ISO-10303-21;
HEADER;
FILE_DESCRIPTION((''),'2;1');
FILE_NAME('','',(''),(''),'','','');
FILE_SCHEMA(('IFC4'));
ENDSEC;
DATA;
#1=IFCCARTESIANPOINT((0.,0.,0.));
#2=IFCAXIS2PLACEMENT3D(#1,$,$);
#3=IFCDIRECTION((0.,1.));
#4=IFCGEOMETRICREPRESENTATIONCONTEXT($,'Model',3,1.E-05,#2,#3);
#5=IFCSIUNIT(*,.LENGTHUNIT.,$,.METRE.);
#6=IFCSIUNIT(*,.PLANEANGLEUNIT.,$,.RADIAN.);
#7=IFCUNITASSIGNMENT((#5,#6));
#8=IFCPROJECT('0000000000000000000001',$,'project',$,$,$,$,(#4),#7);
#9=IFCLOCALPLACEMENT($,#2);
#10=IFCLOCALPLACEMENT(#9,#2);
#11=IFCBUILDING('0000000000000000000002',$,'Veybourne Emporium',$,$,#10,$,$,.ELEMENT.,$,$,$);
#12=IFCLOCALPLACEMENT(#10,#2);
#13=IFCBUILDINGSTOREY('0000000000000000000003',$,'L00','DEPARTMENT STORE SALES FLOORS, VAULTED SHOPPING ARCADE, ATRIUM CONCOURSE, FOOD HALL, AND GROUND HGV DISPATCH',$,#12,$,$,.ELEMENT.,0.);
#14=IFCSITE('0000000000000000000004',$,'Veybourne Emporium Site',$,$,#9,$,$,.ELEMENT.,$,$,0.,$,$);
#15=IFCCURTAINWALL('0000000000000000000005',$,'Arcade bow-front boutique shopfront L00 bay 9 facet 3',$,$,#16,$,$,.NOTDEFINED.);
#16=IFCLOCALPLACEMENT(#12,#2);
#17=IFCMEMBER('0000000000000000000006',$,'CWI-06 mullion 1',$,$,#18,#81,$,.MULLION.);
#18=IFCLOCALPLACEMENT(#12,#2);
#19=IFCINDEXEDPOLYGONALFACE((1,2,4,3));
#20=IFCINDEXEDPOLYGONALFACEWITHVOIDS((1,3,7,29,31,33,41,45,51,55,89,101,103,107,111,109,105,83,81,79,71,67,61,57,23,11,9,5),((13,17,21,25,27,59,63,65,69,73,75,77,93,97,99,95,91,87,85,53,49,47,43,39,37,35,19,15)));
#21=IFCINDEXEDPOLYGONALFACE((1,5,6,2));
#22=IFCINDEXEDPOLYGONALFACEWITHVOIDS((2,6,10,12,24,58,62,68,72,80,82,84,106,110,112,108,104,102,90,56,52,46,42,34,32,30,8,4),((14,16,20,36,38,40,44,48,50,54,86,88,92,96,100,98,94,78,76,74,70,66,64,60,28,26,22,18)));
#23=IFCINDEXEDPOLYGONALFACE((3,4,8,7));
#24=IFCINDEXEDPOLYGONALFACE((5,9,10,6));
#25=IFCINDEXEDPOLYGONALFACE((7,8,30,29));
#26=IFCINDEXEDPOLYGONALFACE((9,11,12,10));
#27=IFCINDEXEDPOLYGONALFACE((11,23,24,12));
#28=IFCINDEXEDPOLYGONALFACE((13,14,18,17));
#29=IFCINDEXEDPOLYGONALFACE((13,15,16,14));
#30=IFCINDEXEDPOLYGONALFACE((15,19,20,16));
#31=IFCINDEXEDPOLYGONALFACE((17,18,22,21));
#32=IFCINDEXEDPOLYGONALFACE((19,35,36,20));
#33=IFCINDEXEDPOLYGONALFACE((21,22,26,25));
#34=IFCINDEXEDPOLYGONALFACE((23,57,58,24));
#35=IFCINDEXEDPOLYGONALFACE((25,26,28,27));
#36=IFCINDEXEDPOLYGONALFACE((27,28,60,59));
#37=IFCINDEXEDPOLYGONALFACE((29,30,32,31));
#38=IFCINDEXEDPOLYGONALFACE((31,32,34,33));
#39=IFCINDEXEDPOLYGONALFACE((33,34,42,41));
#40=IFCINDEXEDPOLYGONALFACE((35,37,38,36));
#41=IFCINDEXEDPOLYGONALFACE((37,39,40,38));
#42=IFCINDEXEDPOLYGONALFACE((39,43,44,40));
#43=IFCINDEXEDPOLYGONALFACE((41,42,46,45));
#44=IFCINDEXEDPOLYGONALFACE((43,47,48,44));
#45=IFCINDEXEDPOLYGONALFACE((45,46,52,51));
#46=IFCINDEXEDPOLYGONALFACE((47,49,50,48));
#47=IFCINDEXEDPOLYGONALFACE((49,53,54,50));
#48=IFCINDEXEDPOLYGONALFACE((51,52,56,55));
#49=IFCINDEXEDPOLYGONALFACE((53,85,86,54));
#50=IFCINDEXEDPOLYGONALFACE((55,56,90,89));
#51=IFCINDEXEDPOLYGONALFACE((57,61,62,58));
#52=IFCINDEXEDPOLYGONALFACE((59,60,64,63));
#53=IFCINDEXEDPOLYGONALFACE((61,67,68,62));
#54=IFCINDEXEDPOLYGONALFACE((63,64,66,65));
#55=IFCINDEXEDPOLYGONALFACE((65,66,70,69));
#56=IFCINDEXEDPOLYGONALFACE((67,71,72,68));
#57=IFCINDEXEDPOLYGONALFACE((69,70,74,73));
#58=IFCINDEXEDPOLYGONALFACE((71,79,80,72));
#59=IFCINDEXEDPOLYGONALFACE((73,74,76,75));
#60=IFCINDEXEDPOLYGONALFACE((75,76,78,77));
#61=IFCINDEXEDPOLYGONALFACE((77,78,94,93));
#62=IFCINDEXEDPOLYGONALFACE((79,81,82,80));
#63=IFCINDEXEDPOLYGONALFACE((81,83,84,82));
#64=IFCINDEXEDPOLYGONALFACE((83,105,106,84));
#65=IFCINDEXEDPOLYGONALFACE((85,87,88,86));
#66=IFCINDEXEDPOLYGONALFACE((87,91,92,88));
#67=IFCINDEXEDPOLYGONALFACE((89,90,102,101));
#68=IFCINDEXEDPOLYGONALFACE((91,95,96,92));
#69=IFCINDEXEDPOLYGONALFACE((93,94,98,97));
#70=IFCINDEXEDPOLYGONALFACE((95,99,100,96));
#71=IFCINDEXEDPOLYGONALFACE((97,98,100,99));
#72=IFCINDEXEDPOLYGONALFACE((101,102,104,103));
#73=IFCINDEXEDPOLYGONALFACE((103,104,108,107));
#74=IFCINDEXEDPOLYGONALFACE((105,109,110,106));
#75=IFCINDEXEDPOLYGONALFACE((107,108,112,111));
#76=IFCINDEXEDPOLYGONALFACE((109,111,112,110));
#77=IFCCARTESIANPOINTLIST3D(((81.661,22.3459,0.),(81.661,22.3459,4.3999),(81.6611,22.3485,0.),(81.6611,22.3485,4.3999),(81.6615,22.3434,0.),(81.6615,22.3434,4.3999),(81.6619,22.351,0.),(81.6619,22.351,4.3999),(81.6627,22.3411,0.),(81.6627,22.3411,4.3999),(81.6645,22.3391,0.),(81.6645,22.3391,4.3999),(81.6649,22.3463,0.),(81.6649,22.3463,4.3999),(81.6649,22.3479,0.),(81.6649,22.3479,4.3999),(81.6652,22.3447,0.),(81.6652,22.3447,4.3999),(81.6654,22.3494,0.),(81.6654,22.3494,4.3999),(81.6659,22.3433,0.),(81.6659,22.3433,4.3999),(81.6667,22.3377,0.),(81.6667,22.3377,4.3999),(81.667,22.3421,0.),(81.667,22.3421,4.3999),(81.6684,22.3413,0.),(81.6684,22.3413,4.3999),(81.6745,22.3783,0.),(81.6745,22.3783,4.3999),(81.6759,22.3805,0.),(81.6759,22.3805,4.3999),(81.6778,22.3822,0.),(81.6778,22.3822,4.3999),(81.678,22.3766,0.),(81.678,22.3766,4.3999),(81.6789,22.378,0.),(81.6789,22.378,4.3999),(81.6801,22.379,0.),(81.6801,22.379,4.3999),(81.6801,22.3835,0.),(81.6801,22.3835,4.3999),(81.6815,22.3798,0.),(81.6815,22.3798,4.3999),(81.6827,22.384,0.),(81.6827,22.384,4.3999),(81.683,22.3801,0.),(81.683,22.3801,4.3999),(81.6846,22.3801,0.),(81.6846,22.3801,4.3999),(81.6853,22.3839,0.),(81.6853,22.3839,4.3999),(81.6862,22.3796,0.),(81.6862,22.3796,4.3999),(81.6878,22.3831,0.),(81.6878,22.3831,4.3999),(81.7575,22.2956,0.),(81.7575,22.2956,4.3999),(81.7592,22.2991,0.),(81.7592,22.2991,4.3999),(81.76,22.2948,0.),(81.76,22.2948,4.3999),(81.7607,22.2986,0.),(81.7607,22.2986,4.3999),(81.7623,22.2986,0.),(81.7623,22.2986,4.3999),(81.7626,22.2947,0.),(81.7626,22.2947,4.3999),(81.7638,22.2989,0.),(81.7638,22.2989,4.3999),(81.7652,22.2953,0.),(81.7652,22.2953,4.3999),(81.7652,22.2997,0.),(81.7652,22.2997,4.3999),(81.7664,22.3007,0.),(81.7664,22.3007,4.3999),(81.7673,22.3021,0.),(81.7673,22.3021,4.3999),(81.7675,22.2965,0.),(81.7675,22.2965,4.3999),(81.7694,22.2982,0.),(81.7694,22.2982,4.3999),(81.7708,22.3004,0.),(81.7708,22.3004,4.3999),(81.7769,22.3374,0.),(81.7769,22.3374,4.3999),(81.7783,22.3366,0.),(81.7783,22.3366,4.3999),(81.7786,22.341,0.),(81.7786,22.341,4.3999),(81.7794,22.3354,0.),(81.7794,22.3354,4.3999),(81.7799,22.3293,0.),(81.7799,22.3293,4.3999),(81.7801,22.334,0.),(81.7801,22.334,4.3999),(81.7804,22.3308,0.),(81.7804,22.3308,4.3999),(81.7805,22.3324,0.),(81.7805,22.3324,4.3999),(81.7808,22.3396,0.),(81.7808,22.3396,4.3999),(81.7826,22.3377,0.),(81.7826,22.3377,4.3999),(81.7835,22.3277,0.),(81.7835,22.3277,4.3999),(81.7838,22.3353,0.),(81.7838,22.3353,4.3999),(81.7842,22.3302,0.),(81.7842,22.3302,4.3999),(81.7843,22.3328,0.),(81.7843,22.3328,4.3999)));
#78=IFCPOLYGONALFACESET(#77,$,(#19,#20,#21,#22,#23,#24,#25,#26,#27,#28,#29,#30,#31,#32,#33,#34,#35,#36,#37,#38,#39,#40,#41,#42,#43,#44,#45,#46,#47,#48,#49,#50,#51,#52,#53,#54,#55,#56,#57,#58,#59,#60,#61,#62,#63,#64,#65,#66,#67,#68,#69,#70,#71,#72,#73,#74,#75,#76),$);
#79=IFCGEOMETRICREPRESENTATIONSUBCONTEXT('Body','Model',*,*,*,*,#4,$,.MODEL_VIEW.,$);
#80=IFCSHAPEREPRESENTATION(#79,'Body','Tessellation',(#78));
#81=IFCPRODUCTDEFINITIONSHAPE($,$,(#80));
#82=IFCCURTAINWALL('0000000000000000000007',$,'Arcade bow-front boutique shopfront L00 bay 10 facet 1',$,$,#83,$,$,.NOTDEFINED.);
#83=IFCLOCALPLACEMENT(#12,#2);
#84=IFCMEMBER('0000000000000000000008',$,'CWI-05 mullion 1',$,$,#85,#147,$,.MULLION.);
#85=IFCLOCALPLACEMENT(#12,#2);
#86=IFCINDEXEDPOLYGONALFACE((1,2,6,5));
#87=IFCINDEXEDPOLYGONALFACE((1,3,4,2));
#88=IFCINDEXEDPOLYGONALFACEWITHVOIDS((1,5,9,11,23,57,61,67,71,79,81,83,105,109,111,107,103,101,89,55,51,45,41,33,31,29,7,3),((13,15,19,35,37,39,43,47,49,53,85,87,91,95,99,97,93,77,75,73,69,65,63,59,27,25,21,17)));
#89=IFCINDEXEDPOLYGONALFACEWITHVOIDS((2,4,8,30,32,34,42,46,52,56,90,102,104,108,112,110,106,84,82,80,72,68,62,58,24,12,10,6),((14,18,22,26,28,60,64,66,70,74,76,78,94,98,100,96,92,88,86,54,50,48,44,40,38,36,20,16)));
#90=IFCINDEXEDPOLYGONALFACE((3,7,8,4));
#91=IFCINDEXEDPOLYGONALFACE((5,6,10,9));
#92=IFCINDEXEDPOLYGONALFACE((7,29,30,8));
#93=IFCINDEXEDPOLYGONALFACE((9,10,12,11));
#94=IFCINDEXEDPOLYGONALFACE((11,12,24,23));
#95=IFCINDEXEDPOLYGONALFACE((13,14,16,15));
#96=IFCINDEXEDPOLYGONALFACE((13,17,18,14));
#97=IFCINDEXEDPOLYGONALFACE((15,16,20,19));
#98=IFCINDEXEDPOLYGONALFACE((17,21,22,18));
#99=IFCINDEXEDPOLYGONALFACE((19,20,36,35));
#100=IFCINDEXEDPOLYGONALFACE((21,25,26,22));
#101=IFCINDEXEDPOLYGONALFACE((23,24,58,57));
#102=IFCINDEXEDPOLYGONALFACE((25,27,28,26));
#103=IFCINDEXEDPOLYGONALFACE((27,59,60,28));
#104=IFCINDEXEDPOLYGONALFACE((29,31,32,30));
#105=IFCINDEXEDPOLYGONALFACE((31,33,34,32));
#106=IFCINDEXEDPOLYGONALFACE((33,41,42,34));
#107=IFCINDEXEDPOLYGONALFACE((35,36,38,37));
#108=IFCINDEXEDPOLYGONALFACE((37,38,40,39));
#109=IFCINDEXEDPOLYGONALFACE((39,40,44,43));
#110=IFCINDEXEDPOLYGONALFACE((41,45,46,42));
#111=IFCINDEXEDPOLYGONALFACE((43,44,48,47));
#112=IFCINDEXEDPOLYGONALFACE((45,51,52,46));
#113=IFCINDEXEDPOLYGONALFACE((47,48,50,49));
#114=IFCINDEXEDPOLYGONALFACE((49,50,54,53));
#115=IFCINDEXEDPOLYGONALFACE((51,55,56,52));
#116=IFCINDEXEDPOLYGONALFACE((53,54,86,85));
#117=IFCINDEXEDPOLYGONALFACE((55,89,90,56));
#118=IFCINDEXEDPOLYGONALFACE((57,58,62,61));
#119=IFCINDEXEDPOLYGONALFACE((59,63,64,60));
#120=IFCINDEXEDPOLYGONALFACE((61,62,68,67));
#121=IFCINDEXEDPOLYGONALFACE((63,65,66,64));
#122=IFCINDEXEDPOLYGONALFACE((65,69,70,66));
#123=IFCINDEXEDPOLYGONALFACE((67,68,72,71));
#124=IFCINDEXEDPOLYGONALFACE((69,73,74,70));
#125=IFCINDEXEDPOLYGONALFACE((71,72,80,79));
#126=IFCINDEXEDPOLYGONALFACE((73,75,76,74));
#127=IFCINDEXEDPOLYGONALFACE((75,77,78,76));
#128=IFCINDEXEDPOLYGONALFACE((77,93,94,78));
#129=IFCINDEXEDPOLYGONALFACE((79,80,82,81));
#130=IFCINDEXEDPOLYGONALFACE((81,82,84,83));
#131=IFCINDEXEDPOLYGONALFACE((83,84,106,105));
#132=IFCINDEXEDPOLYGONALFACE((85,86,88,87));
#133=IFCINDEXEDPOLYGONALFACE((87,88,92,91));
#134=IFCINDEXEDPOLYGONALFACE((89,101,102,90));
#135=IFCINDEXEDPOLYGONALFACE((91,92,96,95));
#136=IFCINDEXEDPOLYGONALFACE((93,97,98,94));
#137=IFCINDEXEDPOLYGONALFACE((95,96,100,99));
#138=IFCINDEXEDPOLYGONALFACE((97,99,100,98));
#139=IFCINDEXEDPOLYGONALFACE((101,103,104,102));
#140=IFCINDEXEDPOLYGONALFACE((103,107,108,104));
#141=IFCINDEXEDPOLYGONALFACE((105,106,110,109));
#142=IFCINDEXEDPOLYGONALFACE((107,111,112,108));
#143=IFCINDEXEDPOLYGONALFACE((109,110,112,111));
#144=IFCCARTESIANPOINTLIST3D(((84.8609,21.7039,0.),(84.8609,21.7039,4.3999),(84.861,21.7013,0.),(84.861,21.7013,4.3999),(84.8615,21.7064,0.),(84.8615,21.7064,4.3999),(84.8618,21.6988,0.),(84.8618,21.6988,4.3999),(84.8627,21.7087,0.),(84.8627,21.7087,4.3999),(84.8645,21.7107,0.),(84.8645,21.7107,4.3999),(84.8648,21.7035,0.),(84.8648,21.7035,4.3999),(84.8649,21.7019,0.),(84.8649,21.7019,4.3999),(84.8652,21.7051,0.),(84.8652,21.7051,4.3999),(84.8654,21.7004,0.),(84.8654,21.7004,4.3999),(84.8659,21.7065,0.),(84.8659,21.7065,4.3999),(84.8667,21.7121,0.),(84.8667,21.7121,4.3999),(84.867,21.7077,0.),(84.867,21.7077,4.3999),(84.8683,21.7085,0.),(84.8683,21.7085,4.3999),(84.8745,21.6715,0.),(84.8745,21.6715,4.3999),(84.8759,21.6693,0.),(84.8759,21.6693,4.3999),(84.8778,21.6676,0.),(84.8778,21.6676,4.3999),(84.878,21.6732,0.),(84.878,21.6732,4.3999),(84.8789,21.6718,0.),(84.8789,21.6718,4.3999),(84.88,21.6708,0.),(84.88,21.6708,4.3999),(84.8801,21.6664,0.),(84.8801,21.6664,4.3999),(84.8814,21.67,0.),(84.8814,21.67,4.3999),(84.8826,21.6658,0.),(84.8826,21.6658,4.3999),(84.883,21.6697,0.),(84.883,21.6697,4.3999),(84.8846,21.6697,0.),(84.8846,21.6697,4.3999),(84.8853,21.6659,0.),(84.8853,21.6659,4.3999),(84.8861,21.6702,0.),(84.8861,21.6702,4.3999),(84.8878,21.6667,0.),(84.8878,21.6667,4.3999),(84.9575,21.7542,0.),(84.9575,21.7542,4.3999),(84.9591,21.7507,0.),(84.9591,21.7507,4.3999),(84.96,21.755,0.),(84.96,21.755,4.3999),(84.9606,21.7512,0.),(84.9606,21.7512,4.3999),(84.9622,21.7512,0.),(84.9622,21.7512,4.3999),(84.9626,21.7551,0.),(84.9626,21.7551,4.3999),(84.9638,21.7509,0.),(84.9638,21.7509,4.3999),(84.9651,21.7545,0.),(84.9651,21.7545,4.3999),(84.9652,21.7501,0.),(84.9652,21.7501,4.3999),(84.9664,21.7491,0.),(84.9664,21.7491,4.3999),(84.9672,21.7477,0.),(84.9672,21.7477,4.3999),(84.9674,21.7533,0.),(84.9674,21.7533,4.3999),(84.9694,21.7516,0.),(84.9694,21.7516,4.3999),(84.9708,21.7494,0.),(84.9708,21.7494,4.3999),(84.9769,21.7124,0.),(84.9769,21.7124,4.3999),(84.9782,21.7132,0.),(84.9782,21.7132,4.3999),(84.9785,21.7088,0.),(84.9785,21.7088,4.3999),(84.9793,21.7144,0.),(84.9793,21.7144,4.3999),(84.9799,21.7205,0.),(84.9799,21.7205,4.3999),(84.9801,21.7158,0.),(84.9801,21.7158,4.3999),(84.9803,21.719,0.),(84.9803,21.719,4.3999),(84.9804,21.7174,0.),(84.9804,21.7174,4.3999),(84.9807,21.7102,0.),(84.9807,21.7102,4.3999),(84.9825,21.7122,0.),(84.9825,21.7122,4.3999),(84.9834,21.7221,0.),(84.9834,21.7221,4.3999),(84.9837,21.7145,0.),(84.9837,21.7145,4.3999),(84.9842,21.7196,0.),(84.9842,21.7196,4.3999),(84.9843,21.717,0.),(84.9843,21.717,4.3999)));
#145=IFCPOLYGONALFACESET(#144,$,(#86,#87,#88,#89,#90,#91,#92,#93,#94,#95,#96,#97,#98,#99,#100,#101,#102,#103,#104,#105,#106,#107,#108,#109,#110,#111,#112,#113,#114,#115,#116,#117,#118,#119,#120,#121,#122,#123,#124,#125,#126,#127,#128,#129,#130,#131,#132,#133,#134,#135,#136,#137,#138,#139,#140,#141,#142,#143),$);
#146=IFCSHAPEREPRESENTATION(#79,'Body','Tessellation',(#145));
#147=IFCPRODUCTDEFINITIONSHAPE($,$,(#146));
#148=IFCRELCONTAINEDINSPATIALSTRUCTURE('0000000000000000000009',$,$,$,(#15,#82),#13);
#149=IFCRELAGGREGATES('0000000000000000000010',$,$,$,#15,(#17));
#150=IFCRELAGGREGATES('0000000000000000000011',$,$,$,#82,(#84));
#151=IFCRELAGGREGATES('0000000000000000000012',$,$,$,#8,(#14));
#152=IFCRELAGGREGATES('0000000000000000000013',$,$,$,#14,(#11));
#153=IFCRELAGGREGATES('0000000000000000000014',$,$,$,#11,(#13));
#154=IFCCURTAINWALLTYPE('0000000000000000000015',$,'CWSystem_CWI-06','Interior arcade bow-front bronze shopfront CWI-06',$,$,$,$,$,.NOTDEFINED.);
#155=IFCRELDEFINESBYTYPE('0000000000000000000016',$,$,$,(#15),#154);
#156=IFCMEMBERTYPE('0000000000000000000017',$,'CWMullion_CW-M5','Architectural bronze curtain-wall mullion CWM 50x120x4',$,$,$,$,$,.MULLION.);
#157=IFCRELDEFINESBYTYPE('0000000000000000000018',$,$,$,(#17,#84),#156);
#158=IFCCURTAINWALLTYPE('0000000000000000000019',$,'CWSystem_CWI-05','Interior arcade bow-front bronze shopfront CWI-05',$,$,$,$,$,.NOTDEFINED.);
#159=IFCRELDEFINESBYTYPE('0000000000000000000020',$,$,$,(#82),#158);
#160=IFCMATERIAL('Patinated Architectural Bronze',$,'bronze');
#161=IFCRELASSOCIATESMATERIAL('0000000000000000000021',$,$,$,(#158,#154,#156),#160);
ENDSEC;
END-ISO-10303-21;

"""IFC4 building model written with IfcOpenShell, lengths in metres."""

from ifc_helpers import new_model, si_unit, direction, frame, origin, origin_2d, place, context, subcontext, project, spatial, hollow_rectangle, extrude, material, material_profile, profile_set, type_object, element, aggregate, save


model = new_model("IFC4")

# Units and contexts
model_context = context("Model", 3, precision=1e-05, world=origin(), true_north=direction((0.0, 1.0)))
body_context = subcontext(model_context, "Body", "Model", "MODEL_VIEW")
ifc_project = project(units=[si_unit("LENGTHUNIT", "METRE"), si_unit("PLANEANGLEUNIT", "RADIAN")], contexts=[model_context])

# Site, building, storey
site_placement = place(None, origin())
site = spatial("IfcSite", under=ifc_project, at=site_placement, Name="Veybourne Emporium Site", CompositionType="ELEMENT", RefElevation=0.0)
building_placement = place(site_placement, origin())
building = spatial("IfcBuilding", under=site, at=building_placement, Name="Veybourne Emporium", CompositionType="ELEMENT")
storey_placement = place(building_placement, origin())
storey = spatial("IfcBuildingStorey", under=building, at=storey_placement, Name="L00", Description="DEPARTMENT STORE SALES FLOORS, VAULTED SHOPPING ARCADE, ATRIUM CONCOURSE, FOOD HALL, AND GROUND HGV DISPATCH", CompositionType="ELEMENT", Elevation=0.0)

# Shared definitions
ifc_material_1 = material(Name="Patinated Architectural Bronze", Category="bronze")
curtain_wall_type_1 = type_object("IfcCurtainWallType", Name="CWSystem_CWI-05", Description="Interior arcade bow-front bronze shopfront CWI-05", PredefinedType="NOTDEFINED", material=ifc_material_1)
ifc_material_profile_1 = material_profile(ifc_material_1, hollow_rectangle(XDim=0.05, YDim=0.1201, WallThickness=0.0039, InnerFilletRadius=0.0061, OuterFilletRadius=0.01, at=origin_2d()), Name="CWM 50x120x4")
ifc_profile_set_1 = profile_set([ifc_material_profile_1], Name="Patinated Architectural Bronze")
member_type_1 = type_object("IfcMemberType", Name="CWMullion_CW-M5", Description="Architectural bronze curtain-wall mullion CWM 50x120x4", PredefinedType="MULLION", material=ifc_profile_set_1)

# Curtain wall, member
curtain_wall_type_2 = type_object("IfcCurtainWallType", Name="CWSystem_CWI-06", Description="Interior arcade bow-front bronze shopfront CWI-06", PredefinedType="NOTDEFINED", material=ifc_material_1)
curtain_wall_1_placement = place(storey_placement, origin())
curtain_wall_1 = element("IfcCurtainWall", 1, at=curtain_wall_1_placement, inside=storey, type_object=curtain_wall_type_2, Name="Arcade bow-front boutique shopfront L00 bay 9 facet 3", PredefinedType="NOTDEFINED")
member_1_placement = place(storey_placement, frame((81.7227, 22.3394, 0.0), z_axis=(0.0, 0.0, 1.0), x_axis=(0.421111, 0.907009, 0.0)))
member_1 = element("IfcMember", 2, at=member_1_placement, type_object=member_type_1, Name="CWI-06 mullion 1", PredefinedType="MULLION", context=body_context, shape_type="SweptSolid", body=[
    extrude(hollow_rectangle(XDim=0.05, YDim=0.1201, WallThickness=0.0039, InnerFilletRadius=0.0061, OuterFilletRadius=0.01, at=origin_2d()), origin(), (0.0, 0.0, 1.0), 4.3999),
])

# Curtain wall, member
curtain_wall_2_placement = place(storey_placement, origin())
curtain_wall_2 = element("IfcCurtainWall", 3, at=curtain_wall_2_placement, inside=storey, type_object=curtain_wall_type_1, Name="Arcade bow-front boutique shopfront L00 bay 10 facet 1", PredefinedType="NOTDEFINED")
member_2_placement = place(storey_placement, frame((84.9226, 21.7104, 0.0), z_axis=(0.0, 0.0, 1.0), x_axis=(-0.421111, 0.907009, 0.0)))
member_2 = element("IfcMember", 4, at=member_2_placement, type_object=member_type_1, Name="CWI-05 mullion 1", PredefinedType="MULLION", context=body_context, shape_type="SweptSolid", body=[
    extrude(hollow_rectangle(XDim=0.05, YDim=0.1201, WallThickness=0.0039, InnerFilletRadius=0.0061, OuterFilletRadius=0.01, at=origin_2d()), origin(), (0.0, 0.0, 1.0), 4.3999),
])

aggregate(curtain_wall_1, [member_1])
aggregate(curtain_wall_2, [member_2])

save(model, "model.ifc")
